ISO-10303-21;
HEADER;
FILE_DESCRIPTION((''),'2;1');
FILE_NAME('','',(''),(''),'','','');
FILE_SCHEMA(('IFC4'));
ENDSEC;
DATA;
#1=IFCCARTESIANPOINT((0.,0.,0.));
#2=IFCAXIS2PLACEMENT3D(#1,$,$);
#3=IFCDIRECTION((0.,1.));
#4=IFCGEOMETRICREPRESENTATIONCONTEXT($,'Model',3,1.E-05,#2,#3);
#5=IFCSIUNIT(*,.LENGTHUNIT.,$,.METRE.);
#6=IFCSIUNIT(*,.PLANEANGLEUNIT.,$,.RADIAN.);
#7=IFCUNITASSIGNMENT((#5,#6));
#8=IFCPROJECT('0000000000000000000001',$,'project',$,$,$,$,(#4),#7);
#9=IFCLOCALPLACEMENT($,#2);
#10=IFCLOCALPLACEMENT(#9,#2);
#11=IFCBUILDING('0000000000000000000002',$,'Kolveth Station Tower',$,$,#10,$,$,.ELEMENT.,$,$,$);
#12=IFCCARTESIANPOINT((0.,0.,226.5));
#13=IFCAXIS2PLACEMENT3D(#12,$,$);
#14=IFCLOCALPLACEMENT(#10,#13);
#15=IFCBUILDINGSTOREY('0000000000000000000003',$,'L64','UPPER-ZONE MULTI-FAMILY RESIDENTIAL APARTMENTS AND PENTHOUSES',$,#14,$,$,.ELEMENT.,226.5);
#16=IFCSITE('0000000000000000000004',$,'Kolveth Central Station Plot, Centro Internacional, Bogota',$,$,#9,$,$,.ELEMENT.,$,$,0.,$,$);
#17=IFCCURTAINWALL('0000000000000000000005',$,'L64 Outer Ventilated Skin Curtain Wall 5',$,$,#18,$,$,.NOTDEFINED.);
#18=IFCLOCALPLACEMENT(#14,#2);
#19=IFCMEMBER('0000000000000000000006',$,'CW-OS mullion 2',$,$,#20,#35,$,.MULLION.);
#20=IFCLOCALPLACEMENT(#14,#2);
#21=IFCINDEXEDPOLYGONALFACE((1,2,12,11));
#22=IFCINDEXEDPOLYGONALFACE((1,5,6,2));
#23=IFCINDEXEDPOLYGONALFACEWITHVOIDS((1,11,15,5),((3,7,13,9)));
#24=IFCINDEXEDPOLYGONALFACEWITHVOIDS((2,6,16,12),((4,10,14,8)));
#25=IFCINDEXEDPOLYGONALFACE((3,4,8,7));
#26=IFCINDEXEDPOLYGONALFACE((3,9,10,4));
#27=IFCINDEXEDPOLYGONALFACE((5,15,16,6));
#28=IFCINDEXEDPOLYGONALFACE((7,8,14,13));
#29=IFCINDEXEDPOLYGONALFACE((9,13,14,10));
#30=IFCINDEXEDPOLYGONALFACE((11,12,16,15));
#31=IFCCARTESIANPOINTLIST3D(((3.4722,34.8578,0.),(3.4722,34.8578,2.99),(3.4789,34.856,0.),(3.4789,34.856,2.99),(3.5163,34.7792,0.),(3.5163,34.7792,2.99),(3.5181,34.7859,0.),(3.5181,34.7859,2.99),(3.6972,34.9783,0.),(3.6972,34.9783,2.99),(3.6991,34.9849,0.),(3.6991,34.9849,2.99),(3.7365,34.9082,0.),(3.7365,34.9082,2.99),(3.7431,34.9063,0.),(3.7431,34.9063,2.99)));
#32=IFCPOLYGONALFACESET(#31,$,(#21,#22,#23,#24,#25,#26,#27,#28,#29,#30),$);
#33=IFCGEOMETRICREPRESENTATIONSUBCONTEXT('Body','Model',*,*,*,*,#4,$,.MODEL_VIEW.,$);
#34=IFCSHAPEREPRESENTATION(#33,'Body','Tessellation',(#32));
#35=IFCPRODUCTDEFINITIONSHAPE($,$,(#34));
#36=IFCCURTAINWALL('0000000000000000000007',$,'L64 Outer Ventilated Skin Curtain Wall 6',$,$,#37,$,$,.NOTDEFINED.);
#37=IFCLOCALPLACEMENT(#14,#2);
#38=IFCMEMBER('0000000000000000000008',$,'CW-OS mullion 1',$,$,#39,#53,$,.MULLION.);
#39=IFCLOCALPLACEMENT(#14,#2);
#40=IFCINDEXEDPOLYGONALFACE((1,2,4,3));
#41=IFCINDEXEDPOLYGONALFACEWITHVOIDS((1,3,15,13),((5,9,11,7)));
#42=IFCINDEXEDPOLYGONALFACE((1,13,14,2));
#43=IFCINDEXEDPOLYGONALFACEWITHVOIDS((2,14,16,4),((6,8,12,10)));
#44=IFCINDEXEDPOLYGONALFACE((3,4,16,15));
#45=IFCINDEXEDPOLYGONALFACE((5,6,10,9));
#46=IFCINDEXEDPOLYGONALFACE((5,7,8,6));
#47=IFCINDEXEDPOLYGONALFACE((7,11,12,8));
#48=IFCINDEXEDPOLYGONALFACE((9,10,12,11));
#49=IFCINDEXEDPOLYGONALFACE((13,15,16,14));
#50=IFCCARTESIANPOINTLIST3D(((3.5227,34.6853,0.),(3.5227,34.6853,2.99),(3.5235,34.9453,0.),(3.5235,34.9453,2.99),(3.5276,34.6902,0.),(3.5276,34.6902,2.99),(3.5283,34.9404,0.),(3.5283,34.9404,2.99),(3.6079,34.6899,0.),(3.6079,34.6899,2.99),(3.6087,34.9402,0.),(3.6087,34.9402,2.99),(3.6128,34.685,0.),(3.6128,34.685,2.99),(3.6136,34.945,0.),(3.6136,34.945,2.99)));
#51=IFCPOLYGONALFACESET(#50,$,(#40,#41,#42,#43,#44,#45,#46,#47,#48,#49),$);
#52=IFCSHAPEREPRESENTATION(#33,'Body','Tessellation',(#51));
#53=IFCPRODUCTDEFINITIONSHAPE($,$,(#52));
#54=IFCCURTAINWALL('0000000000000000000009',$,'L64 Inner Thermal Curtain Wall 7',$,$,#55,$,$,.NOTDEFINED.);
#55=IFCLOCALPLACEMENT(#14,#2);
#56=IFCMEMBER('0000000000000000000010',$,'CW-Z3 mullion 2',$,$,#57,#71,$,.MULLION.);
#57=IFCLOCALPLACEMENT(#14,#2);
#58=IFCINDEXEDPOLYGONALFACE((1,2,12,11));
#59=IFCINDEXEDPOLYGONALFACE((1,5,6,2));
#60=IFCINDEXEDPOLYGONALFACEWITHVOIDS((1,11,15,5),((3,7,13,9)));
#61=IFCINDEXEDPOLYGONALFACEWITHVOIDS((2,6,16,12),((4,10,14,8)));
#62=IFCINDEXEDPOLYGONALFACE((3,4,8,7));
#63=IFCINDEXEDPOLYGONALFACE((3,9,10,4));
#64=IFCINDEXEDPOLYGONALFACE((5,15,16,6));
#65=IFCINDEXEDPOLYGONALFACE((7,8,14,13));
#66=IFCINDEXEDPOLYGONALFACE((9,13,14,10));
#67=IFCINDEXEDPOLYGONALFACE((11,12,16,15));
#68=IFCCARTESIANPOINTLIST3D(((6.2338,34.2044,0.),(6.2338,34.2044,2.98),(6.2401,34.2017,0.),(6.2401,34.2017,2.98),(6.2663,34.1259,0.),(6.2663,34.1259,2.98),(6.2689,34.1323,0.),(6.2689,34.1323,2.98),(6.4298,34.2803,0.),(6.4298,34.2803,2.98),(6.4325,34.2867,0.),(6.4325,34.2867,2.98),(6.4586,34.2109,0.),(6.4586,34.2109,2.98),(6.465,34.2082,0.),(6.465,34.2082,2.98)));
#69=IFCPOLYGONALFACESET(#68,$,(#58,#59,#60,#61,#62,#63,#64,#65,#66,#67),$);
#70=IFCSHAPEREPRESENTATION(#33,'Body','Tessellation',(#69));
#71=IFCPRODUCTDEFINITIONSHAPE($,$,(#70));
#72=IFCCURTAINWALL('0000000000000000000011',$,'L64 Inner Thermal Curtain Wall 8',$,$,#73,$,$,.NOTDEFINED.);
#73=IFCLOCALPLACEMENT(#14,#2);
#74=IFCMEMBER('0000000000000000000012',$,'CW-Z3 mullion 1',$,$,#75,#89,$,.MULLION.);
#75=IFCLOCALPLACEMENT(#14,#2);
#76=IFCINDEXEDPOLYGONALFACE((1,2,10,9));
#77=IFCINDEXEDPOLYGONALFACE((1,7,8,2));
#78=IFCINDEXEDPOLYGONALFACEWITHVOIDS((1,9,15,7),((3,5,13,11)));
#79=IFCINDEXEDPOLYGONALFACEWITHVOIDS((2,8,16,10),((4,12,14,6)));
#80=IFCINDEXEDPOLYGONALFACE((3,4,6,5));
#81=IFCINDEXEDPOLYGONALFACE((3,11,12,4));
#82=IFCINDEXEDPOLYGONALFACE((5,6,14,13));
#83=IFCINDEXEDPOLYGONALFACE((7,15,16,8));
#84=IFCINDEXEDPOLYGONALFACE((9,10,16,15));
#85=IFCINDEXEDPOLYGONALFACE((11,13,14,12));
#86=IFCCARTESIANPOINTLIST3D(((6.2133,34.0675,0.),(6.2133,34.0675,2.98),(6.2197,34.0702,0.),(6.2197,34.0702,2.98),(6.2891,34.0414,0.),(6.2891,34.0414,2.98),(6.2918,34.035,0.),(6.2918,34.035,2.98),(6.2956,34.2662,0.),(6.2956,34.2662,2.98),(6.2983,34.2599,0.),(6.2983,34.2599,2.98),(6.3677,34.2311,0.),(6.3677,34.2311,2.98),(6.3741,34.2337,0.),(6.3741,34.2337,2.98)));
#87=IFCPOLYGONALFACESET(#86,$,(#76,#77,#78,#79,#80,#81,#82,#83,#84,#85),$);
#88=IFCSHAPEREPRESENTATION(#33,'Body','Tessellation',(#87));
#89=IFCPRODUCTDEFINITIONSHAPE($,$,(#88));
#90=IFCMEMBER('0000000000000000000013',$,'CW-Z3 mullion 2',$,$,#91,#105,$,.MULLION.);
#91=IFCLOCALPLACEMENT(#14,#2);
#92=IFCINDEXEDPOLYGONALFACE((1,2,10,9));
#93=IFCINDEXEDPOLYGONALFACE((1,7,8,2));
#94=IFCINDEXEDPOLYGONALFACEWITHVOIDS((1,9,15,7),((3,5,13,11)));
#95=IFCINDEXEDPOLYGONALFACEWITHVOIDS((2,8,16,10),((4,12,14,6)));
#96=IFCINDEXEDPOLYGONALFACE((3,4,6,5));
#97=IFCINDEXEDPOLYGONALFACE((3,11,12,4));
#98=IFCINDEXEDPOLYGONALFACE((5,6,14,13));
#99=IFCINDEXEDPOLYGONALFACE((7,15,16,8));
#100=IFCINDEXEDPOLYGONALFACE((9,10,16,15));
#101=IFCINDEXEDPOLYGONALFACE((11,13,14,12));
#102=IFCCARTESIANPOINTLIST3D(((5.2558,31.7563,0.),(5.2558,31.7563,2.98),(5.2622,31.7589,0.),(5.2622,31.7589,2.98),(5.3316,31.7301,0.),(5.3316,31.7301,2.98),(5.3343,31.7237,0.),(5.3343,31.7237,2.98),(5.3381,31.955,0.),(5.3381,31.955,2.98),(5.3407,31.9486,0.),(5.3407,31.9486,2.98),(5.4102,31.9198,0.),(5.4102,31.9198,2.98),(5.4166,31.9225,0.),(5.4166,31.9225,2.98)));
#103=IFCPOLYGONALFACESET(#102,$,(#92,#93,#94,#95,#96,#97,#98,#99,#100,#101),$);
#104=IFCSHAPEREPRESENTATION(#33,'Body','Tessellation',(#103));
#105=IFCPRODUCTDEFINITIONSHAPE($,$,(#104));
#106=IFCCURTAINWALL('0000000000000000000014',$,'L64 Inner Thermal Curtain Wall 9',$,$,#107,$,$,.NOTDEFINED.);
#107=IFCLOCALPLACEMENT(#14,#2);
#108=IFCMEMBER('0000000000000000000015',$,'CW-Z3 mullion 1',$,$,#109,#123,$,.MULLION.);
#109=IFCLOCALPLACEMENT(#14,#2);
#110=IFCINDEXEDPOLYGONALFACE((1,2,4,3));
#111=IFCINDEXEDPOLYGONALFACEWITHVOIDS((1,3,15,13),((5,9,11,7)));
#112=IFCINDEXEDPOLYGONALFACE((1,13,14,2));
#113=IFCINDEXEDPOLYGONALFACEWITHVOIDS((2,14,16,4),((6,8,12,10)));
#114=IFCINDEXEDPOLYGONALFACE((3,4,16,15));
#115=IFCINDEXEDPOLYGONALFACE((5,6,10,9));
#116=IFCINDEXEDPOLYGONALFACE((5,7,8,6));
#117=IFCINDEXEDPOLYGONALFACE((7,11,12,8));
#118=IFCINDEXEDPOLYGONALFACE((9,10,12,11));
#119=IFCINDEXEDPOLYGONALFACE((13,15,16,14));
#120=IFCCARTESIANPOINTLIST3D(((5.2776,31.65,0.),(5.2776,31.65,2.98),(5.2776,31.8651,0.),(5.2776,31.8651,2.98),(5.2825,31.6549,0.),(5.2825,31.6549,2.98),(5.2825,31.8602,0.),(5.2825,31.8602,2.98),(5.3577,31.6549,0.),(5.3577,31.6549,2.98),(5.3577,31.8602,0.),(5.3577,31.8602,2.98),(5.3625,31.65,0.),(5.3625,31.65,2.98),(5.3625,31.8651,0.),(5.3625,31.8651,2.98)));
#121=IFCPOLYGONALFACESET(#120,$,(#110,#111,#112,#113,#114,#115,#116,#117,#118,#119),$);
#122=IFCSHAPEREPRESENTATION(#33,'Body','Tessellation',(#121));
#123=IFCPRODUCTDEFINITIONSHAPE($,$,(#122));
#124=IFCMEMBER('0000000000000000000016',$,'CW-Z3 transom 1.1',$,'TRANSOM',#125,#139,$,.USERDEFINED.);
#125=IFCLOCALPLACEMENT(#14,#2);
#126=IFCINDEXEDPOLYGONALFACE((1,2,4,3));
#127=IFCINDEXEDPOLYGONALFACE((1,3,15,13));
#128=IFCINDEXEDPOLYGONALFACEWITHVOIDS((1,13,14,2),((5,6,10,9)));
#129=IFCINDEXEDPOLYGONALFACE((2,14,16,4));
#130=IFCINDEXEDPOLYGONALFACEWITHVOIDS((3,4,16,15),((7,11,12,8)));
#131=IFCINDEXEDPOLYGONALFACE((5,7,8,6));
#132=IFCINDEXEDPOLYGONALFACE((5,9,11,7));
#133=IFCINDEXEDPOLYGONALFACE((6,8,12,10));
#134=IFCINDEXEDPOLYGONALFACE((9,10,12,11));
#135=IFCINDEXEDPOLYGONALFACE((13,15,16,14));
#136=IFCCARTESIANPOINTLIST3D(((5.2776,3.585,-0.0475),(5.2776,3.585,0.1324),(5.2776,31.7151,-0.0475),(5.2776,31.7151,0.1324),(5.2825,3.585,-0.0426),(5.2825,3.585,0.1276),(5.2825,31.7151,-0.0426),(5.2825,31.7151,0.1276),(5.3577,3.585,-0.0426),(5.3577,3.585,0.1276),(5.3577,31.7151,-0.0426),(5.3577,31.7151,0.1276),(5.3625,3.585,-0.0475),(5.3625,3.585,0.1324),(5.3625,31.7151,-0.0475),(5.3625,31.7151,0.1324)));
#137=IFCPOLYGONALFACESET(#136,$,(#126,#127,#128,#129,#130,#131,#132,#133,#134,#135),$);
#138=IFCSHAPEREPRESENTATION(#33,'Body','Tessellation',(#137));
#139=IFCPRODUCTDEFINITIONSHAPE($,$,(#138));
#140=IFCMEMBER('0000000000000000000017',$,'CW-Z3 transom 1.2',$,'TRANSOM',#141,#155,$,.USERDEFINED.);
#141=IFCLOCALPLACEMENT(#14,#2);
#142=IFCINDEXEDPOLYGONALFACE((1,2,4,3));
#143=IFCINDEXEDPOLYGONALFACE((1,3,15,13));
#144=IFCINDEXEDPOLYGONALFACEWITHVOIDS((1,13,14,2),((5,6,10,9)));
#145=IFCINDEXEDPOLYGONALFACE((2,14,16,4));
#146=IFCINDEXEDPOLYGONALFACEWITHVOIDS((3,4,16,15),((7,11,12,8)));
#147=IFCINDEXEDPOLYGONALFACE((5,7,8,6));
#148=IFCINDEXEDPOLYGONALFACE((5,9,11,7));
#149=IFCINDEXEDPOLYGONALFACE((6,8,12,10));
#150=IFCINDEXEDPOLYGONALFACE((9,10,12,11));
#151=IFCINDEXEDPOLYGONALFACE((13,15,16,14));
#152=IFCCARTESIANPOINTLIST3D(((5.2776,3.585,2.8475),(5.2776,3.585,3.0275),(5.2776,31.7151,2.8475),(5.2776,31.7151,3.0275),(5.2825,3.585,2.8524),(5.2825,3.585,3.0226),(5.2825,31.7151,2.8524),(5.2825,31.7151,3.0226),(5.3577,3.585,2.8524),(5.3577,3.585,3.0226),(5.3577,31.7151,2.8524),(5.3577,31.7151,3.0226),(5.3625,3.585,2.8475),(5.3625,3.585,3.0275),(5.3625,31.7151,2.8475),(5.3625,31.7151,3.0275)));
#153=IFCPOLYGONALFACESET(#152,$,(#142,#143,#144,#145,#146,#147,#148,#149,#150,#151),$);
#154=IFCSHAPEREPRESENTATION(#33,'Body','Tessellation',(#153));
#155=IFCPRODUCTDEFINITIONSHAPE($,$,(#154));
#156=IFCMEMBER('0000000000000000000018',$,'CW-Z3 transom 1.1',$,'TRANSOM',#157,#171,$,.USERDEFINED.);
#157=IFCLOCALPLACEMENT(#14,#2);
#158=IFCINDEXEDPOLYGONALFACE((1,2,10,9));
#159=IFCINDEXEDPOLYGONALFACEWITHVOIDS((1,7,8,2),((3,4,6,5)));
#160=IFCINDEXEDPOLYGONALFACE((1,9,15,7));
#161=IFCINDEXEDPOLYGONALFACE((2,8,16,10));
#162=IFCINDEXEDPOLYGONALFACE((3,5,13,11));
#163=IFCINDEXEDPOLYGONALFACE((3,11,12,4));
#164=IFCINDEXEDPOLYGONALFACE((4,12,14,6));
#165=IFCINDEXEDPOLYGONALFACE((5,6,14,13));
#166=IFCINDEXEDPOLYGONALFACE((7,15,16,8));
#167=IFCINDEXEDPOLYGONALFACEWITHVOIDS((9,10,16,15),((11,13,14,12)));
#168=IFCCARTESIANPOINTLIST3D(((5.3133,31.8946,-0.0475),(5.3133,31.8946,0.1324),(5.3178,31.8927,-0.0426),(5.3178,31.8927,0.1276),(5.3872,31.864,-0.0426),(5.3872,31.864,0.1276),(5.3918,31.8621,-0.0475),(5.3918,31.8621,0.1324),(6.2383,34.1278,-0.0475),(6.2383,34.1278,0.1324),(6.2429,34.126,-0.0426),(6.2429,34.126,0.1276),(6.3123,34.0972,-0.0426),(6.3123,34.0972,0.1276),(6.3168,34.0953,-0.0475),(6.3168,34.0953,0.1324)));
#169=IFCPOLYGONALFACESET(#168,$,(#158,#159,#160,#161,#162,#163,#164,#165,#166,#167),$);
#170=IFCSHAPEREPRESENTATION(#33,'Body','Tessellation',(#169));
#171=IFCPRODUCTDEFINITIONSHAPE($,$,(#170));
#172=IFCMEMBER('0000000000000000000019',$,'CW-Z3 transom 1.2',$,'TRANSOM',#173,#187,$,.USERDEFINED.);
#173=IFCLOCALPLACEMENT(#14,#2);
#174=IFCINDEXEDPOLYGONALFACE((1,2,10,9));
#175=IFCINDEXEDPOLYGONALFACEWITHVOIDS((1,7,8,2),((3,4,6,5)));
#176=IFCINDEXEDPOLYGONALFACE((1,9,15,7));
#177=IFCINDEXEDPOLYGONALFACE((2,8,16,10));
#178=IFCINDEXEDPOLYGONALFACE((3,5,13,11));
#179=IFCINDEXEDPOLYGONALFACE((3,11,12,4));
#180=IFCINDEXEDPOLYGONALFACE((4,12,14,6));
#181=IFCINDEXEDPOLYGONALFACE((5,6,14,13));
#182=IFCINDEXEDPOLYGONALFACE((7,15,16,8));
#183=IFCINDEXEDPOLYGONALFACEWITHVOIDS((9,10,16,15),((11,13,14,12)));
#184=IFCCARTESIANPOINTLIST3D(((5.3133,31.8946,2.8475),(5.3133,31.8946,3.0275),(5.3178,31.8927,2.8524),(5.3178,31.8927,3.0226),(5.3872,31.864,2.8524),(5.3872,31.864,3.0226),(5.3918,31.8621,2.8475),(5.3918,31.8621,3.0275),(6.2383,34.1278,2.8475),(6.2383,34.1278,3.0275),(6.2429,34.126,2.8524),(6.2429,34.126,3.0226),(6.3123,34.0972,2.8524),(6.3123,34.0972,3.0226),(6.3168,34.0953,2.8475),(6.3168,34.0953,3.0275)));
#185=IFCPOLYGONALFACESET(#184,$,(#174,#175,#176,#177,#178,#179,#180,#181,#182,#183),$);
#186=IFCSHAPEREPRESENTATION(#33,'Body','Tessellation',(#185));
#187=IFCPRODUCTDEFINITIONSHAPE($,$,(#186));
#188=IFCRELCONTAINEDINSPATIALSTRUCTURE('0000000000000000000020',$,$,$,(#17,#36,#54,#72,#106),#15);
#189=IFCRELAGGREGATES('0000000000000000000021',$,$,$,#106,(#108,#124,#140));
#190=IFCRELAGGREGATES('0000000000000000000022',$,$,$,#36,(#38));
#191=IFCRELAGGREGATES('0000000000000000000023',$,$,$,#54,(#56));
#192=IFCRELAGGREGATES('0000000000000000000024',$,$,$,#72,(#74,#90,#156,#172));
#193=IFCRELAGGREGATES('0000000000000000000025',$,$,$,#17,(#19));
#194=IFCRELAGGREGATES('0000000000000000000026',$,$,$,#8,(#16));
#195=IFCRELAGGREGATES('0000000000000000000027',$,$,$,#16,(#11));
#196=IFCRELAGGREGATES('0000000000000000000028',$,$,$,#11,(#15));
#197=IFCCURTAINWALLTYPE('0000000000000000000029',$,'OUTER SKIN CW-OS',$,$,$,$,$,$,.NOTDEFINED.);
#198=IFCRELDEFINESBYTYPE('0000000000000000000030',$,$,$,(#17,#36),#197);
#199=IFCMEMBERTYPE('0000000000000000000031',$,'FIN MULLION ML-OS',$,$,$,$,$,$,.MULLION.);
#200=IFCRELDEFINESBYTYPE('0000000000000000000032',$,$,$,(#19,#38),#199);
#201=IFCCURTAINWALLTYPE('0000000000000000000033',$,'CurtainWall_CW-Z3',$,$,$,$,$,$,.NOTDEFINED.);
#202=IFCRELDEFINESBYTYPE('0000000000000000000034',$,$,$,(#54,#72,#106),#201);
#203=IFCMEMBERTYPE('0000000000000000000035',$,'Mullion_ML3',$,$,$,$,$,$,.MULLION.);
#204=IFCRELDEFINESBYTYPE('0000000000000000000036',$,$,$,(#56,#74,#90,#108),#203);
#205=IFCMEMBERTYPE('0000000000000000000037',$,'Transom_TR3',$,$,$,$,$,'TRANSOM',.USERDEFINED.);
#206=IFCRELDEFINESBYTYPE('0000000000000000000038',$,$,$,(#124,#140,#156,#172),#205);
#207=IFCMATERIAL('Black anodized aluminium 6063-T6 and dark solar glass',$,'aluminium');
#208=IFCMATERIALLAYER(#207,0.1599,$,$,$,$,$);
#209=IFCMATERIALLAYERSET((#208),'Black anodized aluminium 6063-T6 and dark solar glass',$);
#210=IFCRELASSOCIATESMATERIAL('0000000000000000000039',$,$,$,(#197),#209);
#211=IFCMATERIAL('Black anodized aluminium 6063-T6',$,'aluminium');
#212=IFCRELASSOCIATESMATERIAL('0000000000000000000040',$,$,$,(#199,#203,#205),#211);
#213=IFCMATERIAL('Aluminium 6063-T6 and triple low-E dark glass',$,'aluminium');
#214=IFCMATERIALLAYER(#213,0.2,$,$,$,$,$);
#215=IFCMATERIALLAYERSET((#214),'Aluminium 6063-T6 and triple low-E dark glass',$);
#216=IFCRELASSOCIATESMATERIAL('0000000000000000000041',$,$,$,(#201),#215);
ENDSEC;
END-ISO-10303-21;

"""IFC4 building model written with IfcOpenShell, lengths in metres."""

from ifc_helpers import new_model, si_unit, direction, frame, origin, origin_2d, place, context, subcontext, project, spatial, hollow_rectangle, extrude, source, transform, mapped, material, layer, layer_set, material_profile, profile_set, type_object, element, aggregate, save


model = new_model("IFC4")

# Units and contexts
model_context = context("Model", 3, precision=1e-05, world=origin(), true_north=direction((0.0, 1.0)))
body_context = subcontext(model_context, "Body", "Model", "MODEL_VIEW")
ifc_project = project(units=[si_unit("LENGTHUNIT", "METRE"), si_unit("PLANEANGLEUNIT", "RADIAN")], contexts=[model_context])

# Site, building, storey
site_placement = place(None, origin())
site = spatial("IfcSite", under=ifc_project, at=site_placement, Name="Kolveth Central Station Plot, Centro Internacional, Bogota", CompositionType="ELEMENT", RefElevation=0.0)
building_placement = place(site_placement, origin())
building = spatial("IfcBuilding", under=site, at=building_placement, Name="Kolveth Station Tower", CompositionType="ELEMENT")
storey_placement = place(building_placement, frame((0.0, 0.0, 226.5)))
storey = spatial("IfcBuildingStorey", under=building, at=storey_placement, Name="L64", Description="UPPER-ZONE MULTI-FAMILY RESIDENTIAL APARTMENTS AND PENTHOUSES", CompositionType="ELEMENT", Elevation=226.5)

# Curtain walls, members
ifc_material_1 = material(Name="Black anodized aluminium 6063-T6 and dark solar glass", Category="aluminium")
ifc_layer_1 = layer(ifc_material_1, 0.1599)
ifc_layer_set_1 = layer_set([ifc_layer_1], Name="Black anodized aluminium 6063-T6 and dark solar glass")
curtain_wall_type_1 = type_object("IfcCurtainWallType", Name="OUTER SKIN CW-OS", PredefinedType="NOTDEFINED", material=ifc_layer_set_1)
curtain_wall_1_placement = place(storey_placement, origin())
curtain_wall_1 = element("IfcCurtainWall", 1, at=curtain_wall_1_placement, inside=storey, type_object=curtain_wall_type_1, Name="L64 Outer Ventilated Skin Curtain Wall 5", PredefinedType="NOTDEFINED")
ifc_material_2 = material(Name="Black anodized aluminium 6063-T6", Category="aluminium")
ifc_material_profile_1 = material_profile(ifc_material_2, hollow_rectangle(XDim=0.0901, YDim=0.26, WallThickness=0.0049, at=origin_2d()), Name="ALU-90x260x5")
ifc_profile_set_1 = profile_set([ifc_material_profile_1], Name="Black anodized aluminium 6063-T6")
member_type_1 = type_object("IfcMemberType", Name="FIN MULLION ML-OS", PredefinedType="MULLION", material=ifc_profile_set_1)
shared_shape_1 = source(origin(), body_context, "Body", "SweptSolid", [
    extrude(hollow_rectangle(XDim=0.0901, YDim=0.26, WallThickness=0.0049, at=origin_2d()), origin(), (0.0, 0.0, 1.0), 2.99),
])
member_1_placement = place(storey_placement, frame((3.6077, 34.8821, 0.0), z_axis=(0.0, 0.0, 1.0), x_axis=(0.488701, -0.872452, 0.0)))
member_1 = element("IfcMember", 2, at=member_1_placement, type_object=member_type_1, Name="CW-OS mullion 2", PredefinedType="MULLION", context=body_context, shape_type="MappedRepresentation", body=[
    mapped(shared_shape_1, transform((0.0, 0.0, 0.0), x_axis=(1.0, 0.0, 0.0), y_axis=(0.0, 1.0, 0.0), z_axis=(0.0, 0.0, 1.0), scale=1.0)),
])
curtain_wall_2_placement = place(storey_placement, origin())
curtain_wall_2 = element("IfcCurtainWall", 3, at=curtain_wall_2_placement, inside=storey, type_object=curtain_wall_type_1, Name="L64 Outer Ventilated Skin Curtain Wall 6", PredefinedType="NOTDEFINED")
member_2_placement = place(storey_placement, frame((3.5681, 34.8152, 0.0), z_axis=(0.0, 0.0, 1.0), x_axis=(0.999995, -0.003135, 0.0)))
member_2 = element("IfcMember", 4, at=member_2_placement, type_object=member_type_1, Name="CW-OS mullion 1", PredefinedType="MULLION", context=body_context, shape_type="MappedRepresentation", body=[
    mapped(shared_shape_1, transform((0.0, 0.0, 0.0), x_axis=(1.0, 0.0, 0.0), y_axis=(0.0, 1.0, 0.0), z_axis=(0.0, 0.0, 1.0), scale=1.0)),
])
ifc_material_3 = material(Name="Aluminium 6063-T6 and triple low-E dark glass", Category="aluminium")
ifc_layer_2 = layer(ifc_material_3, 0.2)
ifc_layer_set_2 = layer_set([ifc_layer_2], Name="Aluminium 6063-T6 and triple low-E dark glass")
curtain_wall_type_2 = type_object("IfcCurtainWallType", Name="CurtainWall_CW-Z3", PredefinedType="NOTDEFINED", material=ifc_layer_set_2)
curtain_wall_3_placement = place(storey_placement, origin())
curtain_wall_3 = element("IfcCurtainWall", 5, at=curtain_wall_3_placement, inside=storey, type_object=curtain_wall_type_2, Name="L64 Inner Thermal Curtain Wall 7", PredefinedType="NOTDEFINED")
ifc_material_profile_2 = material_profile(ifc_material_2, hollow_rectangle(XDim=0.085, YDim=0.2151, WallThickness=0.0049, at=origin_2d()), Name="ALU-85x215x5")
ifc_profile_set_2 = profile_set([ifc_material_profile_2], Name="Black anodized aluminium 6063-T6")
member_type_2 = type_object("IfcMemberType", Name="Mullion_ML3", PredefinedType="MULLION", material=ifc_profile_set_2)
shared_shape_2 = source(origin(), body_context, "Body", "SweptSolid", [
    extrude(hollow_rectangle(XDim=0.085, YDim=0.2151, WallThickness=0.0049, at=origin_2d()), origin(), (0.0, 0.0, 1.0), 2.98),
])
member_3_placement = place(storey_placement, frame((6.3494, 34.2063, 0.0), z_axis=(0.0, 0.0, 1.0), x_axis=(0.382693, -0.923875, 0.0)))
member_3 = element("IfcMember", 6, at=member_3_placement, type_object=member_type_2, Name="CW-Z3 mullion 2", PredefinedType="MULLION", context=body_context, shape_type="MappedRepresentation", body=[
    mapped(shared_shape_2, transform((0.0, 0.0, 0.0), x_axis=(1.0, 0.0, 0.0), y_axis=(0.0, 1.0, 0.0), z_axis=(0.0, 0.0, 1.0), scale=1.0)),
])

# Curtain walls, members
curtain_wall_4_placement = place(storey_placement, origin())
curtain_wall_4 = element("IfcCurtainWall", 7, at=curtain_wall_4_placement, inside=storey, type_object=curtain_wall_type_2, Name="L64 Inner Thermal Curtain Wall 8", PredefinedType="NOTDEFINED")
member_4_placement = place(storey_placement, frame((6.2937, 34.1506, 0.0), z_axis=(0.0, 0.0, 1.0), x_axis=(0.923875, -0.382693, 0.0)))
member_4 = element("IfcMember", 8, at=member_4_placement, type_object=member_type_2, Name="CW-Z3 mullion 1", PredefinedType="MULLION", context=body_context, shape_type="MappedRepresentation", body=[
    mapped(shared_shape_2, transform((0.0, 0.0, 0.0), x_axis=(1.0, 0.0, 0.0), y_axis=(0.0, 1.0, 0.0), z_axis=(0.0, 0.0, 1.0), scale=1.0)),
])
member_5_placement = place(storey_placement, frame((5.3362, 31.8394, 0.0), z_axis=(0.0, 0.0, 1.0), x_axis=(0.923875, -0.382693, 0.0)))
member_5 = element("IfcMember", 9, at=member_5_placement, type_object=member_type_2, Name="CW-Z3 mullion 2", PredefinedType="MULLION", context=body_context, shape_type="MappedRepresentation", body=[
    mapped(shared_shape_2, transform((0.0, 0.0, 0.0), x_axis=(1.0, 0.0, 0.0), y_axis=(0.0, 1.0, 0.0), z_axis=(0.0, 0.0, 1.0), scale=1.0)),
])
curtain_wall_5_placement = place(storey_placement, origin())
curtain_wall_5 = element("IfcCurtainWall", 10, at=curtain_wall_5_placement, inside=storey, type_object=curtain_wall_type_2, Name="L64 Inner Thermal Curtain Wall 9", PredefinedType="NOTDEFINED")
member_6_placement = place(storey_placement, frame((5.3201, 31.7576, 0.0), z_axis=(0.0, 0.0, 1.0), x_axis=(1.0, 0.0, 0.0)))
member_6 = element("IfcMember", 11, at=member_6_placement, type_object=member_type_2, Name="CW-Z3 mullion 1", PredefinedType="MULLION", context=body_context, shape_type="MappedRepresentation", body=[
    mapped(shared_shape_2, transform((0.0, 0.0, 0.0), x_axis=(1.0, 0.0, 0.0), y_axis=(0.0, 1.0, 0.0), z_axis=(0.0, 0.0, 1.0), scale=1.0)),
])
ifc_material_profile_3 = material_profile(ifc_material_2, hollow_rectangle(XDim=0.085, YDim=0.1799, WallThickness=0.0049, at=origin_2d()), Name="ALU-85x180x5")
ifc_profile_set_3 = profile_set([ifc_material_profile_3], Name="Black anodized aluminium 6063-T6")
member_type_3 = type_object("IfcMemberType", Name="Transom_TR3", ElementType="TRANSOM", PredefinedType="USERDEFINED", material=ifc_profile_set_3)
shared_shape_3 = source(origin(), body_context, "Body", "SweptSolid", [
    extrude(hollow_rectangle(XDim=0.085, YDim=0.1799, WallThickness=0.0049, at=origin_2d()), origin(), (0.0, 0.0, 1.0), 28.1301),
])
member_7_placement = place(storey_placement, frame((5.3201, 31.7151, 0.0425), z_axis=(0.0, -1.0, 0.0), x_axis=(1.0, 0.0, 0.0)))
member_7 = element("IfcMember", 12, at=member_7_placement, type_object=member_type_3, Name="CW-Z3 transom 1.1", ObjectType="TRANSOM", PredefinedType="USERDEFINED", context=body_context, shape_type="MappedRepresentation", body=[
    mapped(shared_shape_3, transform((0.0, 0.0, 0.0), x_axis=(1.0, 0.0, 0.0), y_axis=(0.0, 1.0, 0.0), z_axis=(0.0, 0.0, 1.0), scale=1.0)),
])
member_8_placement = place(storey_placement, frame((5.3201, 31.7151, 2.9375), z_axis=(0.0, -1.0, 0.0), x_axis=(1.0, 0.0, 0.0)))
member_8 = element("IfcMember", 13, at=member_8_placement, type_object=member_type_3, Name="CW-Z3 transom 1.2", ObjectType="TRANSOM", PredefinedType="USERDEFINED", context=body_context, shape_type="MappedRepresentation", body=[
    mapped(shared_shape_3, transform((0.0, 0.0, 0.0), x_axis=(1.0, 0.0, 0.0), y_axis=(0.0, 1.0, 0.0), z_axis=(0.0, 0.0, 1.0), scale=1.0)),
])
aggregate(curtain_wall_5, [member_6, member_7, member_8])

# Members
shared_shape_4 = source(origin(), body_context, "Body", "SweptSolid", [
    extrude(hollow_rectangle(XDim=0.085, YDim=0.1799, WallThickness=0.0049, at=origin_2d()), origin(), (0.0, 0.0, 1.0), 2.4172),
])
member_9_placement = place(storey_placement, frame((6.2776, 34.1116, 0.0425), z_axis=(-0.3827, -0.923873, 0.0), x_axis=(0.923873, -0.3827, 0.0)))
member_9 = element("IfcMember", 14, at=member_9_placement, type_object=member_type_3, Name="CW-Z3 transom 1.1", ObjectType="TRANSOM", PredefinedType="USERDEFINED", context=body_context, shape_type="MappedRepresentation", body=[
    mapped(shared_shape_4, transform((0.0, 0.0, 0.0), x_axis=(1.0, 0.0, 0.0), y_axis=(0.0, 1.0, 0.0), z_axis=(0.0, 0.0, 1.0), scale=1.0)),
])
member_10_placement = place(storey_placement, frame((6.2776, 34.1116, 2.9375), z_axis=(-0.3827, -0.923873, 0.0), x_axis=(0.923873, -0.3827, 0.0)))
member_10 = element("IfcMember", 15, at=member_10_placement, type_object=member_type_3, Name="CW-Z3 transom 1.2", ObjectType="TRANSOM", PredefinedType="USERDEFINED", context=body_context, shape_type="MappedRepresentation", body=[
    mapped(shared_shape_4, transform((0.0, 0.0, 0.0), x_axis=(1.0, 0.0, 0.0), y_axis=(0.0, 1.0, 0.0), z_axis=(0.0, 0.0, 1.0), scale=1.0)),
])
aggregate(curtain_wall_2, [member_2])

aggregate(curtain_wall_3, [member_3])
aggregate(curtain_wall_4, [member_4, member_5, member_9, member_10])
aggregate(curtain_wall_1, [member_1])

save(model, "model.ifc")
